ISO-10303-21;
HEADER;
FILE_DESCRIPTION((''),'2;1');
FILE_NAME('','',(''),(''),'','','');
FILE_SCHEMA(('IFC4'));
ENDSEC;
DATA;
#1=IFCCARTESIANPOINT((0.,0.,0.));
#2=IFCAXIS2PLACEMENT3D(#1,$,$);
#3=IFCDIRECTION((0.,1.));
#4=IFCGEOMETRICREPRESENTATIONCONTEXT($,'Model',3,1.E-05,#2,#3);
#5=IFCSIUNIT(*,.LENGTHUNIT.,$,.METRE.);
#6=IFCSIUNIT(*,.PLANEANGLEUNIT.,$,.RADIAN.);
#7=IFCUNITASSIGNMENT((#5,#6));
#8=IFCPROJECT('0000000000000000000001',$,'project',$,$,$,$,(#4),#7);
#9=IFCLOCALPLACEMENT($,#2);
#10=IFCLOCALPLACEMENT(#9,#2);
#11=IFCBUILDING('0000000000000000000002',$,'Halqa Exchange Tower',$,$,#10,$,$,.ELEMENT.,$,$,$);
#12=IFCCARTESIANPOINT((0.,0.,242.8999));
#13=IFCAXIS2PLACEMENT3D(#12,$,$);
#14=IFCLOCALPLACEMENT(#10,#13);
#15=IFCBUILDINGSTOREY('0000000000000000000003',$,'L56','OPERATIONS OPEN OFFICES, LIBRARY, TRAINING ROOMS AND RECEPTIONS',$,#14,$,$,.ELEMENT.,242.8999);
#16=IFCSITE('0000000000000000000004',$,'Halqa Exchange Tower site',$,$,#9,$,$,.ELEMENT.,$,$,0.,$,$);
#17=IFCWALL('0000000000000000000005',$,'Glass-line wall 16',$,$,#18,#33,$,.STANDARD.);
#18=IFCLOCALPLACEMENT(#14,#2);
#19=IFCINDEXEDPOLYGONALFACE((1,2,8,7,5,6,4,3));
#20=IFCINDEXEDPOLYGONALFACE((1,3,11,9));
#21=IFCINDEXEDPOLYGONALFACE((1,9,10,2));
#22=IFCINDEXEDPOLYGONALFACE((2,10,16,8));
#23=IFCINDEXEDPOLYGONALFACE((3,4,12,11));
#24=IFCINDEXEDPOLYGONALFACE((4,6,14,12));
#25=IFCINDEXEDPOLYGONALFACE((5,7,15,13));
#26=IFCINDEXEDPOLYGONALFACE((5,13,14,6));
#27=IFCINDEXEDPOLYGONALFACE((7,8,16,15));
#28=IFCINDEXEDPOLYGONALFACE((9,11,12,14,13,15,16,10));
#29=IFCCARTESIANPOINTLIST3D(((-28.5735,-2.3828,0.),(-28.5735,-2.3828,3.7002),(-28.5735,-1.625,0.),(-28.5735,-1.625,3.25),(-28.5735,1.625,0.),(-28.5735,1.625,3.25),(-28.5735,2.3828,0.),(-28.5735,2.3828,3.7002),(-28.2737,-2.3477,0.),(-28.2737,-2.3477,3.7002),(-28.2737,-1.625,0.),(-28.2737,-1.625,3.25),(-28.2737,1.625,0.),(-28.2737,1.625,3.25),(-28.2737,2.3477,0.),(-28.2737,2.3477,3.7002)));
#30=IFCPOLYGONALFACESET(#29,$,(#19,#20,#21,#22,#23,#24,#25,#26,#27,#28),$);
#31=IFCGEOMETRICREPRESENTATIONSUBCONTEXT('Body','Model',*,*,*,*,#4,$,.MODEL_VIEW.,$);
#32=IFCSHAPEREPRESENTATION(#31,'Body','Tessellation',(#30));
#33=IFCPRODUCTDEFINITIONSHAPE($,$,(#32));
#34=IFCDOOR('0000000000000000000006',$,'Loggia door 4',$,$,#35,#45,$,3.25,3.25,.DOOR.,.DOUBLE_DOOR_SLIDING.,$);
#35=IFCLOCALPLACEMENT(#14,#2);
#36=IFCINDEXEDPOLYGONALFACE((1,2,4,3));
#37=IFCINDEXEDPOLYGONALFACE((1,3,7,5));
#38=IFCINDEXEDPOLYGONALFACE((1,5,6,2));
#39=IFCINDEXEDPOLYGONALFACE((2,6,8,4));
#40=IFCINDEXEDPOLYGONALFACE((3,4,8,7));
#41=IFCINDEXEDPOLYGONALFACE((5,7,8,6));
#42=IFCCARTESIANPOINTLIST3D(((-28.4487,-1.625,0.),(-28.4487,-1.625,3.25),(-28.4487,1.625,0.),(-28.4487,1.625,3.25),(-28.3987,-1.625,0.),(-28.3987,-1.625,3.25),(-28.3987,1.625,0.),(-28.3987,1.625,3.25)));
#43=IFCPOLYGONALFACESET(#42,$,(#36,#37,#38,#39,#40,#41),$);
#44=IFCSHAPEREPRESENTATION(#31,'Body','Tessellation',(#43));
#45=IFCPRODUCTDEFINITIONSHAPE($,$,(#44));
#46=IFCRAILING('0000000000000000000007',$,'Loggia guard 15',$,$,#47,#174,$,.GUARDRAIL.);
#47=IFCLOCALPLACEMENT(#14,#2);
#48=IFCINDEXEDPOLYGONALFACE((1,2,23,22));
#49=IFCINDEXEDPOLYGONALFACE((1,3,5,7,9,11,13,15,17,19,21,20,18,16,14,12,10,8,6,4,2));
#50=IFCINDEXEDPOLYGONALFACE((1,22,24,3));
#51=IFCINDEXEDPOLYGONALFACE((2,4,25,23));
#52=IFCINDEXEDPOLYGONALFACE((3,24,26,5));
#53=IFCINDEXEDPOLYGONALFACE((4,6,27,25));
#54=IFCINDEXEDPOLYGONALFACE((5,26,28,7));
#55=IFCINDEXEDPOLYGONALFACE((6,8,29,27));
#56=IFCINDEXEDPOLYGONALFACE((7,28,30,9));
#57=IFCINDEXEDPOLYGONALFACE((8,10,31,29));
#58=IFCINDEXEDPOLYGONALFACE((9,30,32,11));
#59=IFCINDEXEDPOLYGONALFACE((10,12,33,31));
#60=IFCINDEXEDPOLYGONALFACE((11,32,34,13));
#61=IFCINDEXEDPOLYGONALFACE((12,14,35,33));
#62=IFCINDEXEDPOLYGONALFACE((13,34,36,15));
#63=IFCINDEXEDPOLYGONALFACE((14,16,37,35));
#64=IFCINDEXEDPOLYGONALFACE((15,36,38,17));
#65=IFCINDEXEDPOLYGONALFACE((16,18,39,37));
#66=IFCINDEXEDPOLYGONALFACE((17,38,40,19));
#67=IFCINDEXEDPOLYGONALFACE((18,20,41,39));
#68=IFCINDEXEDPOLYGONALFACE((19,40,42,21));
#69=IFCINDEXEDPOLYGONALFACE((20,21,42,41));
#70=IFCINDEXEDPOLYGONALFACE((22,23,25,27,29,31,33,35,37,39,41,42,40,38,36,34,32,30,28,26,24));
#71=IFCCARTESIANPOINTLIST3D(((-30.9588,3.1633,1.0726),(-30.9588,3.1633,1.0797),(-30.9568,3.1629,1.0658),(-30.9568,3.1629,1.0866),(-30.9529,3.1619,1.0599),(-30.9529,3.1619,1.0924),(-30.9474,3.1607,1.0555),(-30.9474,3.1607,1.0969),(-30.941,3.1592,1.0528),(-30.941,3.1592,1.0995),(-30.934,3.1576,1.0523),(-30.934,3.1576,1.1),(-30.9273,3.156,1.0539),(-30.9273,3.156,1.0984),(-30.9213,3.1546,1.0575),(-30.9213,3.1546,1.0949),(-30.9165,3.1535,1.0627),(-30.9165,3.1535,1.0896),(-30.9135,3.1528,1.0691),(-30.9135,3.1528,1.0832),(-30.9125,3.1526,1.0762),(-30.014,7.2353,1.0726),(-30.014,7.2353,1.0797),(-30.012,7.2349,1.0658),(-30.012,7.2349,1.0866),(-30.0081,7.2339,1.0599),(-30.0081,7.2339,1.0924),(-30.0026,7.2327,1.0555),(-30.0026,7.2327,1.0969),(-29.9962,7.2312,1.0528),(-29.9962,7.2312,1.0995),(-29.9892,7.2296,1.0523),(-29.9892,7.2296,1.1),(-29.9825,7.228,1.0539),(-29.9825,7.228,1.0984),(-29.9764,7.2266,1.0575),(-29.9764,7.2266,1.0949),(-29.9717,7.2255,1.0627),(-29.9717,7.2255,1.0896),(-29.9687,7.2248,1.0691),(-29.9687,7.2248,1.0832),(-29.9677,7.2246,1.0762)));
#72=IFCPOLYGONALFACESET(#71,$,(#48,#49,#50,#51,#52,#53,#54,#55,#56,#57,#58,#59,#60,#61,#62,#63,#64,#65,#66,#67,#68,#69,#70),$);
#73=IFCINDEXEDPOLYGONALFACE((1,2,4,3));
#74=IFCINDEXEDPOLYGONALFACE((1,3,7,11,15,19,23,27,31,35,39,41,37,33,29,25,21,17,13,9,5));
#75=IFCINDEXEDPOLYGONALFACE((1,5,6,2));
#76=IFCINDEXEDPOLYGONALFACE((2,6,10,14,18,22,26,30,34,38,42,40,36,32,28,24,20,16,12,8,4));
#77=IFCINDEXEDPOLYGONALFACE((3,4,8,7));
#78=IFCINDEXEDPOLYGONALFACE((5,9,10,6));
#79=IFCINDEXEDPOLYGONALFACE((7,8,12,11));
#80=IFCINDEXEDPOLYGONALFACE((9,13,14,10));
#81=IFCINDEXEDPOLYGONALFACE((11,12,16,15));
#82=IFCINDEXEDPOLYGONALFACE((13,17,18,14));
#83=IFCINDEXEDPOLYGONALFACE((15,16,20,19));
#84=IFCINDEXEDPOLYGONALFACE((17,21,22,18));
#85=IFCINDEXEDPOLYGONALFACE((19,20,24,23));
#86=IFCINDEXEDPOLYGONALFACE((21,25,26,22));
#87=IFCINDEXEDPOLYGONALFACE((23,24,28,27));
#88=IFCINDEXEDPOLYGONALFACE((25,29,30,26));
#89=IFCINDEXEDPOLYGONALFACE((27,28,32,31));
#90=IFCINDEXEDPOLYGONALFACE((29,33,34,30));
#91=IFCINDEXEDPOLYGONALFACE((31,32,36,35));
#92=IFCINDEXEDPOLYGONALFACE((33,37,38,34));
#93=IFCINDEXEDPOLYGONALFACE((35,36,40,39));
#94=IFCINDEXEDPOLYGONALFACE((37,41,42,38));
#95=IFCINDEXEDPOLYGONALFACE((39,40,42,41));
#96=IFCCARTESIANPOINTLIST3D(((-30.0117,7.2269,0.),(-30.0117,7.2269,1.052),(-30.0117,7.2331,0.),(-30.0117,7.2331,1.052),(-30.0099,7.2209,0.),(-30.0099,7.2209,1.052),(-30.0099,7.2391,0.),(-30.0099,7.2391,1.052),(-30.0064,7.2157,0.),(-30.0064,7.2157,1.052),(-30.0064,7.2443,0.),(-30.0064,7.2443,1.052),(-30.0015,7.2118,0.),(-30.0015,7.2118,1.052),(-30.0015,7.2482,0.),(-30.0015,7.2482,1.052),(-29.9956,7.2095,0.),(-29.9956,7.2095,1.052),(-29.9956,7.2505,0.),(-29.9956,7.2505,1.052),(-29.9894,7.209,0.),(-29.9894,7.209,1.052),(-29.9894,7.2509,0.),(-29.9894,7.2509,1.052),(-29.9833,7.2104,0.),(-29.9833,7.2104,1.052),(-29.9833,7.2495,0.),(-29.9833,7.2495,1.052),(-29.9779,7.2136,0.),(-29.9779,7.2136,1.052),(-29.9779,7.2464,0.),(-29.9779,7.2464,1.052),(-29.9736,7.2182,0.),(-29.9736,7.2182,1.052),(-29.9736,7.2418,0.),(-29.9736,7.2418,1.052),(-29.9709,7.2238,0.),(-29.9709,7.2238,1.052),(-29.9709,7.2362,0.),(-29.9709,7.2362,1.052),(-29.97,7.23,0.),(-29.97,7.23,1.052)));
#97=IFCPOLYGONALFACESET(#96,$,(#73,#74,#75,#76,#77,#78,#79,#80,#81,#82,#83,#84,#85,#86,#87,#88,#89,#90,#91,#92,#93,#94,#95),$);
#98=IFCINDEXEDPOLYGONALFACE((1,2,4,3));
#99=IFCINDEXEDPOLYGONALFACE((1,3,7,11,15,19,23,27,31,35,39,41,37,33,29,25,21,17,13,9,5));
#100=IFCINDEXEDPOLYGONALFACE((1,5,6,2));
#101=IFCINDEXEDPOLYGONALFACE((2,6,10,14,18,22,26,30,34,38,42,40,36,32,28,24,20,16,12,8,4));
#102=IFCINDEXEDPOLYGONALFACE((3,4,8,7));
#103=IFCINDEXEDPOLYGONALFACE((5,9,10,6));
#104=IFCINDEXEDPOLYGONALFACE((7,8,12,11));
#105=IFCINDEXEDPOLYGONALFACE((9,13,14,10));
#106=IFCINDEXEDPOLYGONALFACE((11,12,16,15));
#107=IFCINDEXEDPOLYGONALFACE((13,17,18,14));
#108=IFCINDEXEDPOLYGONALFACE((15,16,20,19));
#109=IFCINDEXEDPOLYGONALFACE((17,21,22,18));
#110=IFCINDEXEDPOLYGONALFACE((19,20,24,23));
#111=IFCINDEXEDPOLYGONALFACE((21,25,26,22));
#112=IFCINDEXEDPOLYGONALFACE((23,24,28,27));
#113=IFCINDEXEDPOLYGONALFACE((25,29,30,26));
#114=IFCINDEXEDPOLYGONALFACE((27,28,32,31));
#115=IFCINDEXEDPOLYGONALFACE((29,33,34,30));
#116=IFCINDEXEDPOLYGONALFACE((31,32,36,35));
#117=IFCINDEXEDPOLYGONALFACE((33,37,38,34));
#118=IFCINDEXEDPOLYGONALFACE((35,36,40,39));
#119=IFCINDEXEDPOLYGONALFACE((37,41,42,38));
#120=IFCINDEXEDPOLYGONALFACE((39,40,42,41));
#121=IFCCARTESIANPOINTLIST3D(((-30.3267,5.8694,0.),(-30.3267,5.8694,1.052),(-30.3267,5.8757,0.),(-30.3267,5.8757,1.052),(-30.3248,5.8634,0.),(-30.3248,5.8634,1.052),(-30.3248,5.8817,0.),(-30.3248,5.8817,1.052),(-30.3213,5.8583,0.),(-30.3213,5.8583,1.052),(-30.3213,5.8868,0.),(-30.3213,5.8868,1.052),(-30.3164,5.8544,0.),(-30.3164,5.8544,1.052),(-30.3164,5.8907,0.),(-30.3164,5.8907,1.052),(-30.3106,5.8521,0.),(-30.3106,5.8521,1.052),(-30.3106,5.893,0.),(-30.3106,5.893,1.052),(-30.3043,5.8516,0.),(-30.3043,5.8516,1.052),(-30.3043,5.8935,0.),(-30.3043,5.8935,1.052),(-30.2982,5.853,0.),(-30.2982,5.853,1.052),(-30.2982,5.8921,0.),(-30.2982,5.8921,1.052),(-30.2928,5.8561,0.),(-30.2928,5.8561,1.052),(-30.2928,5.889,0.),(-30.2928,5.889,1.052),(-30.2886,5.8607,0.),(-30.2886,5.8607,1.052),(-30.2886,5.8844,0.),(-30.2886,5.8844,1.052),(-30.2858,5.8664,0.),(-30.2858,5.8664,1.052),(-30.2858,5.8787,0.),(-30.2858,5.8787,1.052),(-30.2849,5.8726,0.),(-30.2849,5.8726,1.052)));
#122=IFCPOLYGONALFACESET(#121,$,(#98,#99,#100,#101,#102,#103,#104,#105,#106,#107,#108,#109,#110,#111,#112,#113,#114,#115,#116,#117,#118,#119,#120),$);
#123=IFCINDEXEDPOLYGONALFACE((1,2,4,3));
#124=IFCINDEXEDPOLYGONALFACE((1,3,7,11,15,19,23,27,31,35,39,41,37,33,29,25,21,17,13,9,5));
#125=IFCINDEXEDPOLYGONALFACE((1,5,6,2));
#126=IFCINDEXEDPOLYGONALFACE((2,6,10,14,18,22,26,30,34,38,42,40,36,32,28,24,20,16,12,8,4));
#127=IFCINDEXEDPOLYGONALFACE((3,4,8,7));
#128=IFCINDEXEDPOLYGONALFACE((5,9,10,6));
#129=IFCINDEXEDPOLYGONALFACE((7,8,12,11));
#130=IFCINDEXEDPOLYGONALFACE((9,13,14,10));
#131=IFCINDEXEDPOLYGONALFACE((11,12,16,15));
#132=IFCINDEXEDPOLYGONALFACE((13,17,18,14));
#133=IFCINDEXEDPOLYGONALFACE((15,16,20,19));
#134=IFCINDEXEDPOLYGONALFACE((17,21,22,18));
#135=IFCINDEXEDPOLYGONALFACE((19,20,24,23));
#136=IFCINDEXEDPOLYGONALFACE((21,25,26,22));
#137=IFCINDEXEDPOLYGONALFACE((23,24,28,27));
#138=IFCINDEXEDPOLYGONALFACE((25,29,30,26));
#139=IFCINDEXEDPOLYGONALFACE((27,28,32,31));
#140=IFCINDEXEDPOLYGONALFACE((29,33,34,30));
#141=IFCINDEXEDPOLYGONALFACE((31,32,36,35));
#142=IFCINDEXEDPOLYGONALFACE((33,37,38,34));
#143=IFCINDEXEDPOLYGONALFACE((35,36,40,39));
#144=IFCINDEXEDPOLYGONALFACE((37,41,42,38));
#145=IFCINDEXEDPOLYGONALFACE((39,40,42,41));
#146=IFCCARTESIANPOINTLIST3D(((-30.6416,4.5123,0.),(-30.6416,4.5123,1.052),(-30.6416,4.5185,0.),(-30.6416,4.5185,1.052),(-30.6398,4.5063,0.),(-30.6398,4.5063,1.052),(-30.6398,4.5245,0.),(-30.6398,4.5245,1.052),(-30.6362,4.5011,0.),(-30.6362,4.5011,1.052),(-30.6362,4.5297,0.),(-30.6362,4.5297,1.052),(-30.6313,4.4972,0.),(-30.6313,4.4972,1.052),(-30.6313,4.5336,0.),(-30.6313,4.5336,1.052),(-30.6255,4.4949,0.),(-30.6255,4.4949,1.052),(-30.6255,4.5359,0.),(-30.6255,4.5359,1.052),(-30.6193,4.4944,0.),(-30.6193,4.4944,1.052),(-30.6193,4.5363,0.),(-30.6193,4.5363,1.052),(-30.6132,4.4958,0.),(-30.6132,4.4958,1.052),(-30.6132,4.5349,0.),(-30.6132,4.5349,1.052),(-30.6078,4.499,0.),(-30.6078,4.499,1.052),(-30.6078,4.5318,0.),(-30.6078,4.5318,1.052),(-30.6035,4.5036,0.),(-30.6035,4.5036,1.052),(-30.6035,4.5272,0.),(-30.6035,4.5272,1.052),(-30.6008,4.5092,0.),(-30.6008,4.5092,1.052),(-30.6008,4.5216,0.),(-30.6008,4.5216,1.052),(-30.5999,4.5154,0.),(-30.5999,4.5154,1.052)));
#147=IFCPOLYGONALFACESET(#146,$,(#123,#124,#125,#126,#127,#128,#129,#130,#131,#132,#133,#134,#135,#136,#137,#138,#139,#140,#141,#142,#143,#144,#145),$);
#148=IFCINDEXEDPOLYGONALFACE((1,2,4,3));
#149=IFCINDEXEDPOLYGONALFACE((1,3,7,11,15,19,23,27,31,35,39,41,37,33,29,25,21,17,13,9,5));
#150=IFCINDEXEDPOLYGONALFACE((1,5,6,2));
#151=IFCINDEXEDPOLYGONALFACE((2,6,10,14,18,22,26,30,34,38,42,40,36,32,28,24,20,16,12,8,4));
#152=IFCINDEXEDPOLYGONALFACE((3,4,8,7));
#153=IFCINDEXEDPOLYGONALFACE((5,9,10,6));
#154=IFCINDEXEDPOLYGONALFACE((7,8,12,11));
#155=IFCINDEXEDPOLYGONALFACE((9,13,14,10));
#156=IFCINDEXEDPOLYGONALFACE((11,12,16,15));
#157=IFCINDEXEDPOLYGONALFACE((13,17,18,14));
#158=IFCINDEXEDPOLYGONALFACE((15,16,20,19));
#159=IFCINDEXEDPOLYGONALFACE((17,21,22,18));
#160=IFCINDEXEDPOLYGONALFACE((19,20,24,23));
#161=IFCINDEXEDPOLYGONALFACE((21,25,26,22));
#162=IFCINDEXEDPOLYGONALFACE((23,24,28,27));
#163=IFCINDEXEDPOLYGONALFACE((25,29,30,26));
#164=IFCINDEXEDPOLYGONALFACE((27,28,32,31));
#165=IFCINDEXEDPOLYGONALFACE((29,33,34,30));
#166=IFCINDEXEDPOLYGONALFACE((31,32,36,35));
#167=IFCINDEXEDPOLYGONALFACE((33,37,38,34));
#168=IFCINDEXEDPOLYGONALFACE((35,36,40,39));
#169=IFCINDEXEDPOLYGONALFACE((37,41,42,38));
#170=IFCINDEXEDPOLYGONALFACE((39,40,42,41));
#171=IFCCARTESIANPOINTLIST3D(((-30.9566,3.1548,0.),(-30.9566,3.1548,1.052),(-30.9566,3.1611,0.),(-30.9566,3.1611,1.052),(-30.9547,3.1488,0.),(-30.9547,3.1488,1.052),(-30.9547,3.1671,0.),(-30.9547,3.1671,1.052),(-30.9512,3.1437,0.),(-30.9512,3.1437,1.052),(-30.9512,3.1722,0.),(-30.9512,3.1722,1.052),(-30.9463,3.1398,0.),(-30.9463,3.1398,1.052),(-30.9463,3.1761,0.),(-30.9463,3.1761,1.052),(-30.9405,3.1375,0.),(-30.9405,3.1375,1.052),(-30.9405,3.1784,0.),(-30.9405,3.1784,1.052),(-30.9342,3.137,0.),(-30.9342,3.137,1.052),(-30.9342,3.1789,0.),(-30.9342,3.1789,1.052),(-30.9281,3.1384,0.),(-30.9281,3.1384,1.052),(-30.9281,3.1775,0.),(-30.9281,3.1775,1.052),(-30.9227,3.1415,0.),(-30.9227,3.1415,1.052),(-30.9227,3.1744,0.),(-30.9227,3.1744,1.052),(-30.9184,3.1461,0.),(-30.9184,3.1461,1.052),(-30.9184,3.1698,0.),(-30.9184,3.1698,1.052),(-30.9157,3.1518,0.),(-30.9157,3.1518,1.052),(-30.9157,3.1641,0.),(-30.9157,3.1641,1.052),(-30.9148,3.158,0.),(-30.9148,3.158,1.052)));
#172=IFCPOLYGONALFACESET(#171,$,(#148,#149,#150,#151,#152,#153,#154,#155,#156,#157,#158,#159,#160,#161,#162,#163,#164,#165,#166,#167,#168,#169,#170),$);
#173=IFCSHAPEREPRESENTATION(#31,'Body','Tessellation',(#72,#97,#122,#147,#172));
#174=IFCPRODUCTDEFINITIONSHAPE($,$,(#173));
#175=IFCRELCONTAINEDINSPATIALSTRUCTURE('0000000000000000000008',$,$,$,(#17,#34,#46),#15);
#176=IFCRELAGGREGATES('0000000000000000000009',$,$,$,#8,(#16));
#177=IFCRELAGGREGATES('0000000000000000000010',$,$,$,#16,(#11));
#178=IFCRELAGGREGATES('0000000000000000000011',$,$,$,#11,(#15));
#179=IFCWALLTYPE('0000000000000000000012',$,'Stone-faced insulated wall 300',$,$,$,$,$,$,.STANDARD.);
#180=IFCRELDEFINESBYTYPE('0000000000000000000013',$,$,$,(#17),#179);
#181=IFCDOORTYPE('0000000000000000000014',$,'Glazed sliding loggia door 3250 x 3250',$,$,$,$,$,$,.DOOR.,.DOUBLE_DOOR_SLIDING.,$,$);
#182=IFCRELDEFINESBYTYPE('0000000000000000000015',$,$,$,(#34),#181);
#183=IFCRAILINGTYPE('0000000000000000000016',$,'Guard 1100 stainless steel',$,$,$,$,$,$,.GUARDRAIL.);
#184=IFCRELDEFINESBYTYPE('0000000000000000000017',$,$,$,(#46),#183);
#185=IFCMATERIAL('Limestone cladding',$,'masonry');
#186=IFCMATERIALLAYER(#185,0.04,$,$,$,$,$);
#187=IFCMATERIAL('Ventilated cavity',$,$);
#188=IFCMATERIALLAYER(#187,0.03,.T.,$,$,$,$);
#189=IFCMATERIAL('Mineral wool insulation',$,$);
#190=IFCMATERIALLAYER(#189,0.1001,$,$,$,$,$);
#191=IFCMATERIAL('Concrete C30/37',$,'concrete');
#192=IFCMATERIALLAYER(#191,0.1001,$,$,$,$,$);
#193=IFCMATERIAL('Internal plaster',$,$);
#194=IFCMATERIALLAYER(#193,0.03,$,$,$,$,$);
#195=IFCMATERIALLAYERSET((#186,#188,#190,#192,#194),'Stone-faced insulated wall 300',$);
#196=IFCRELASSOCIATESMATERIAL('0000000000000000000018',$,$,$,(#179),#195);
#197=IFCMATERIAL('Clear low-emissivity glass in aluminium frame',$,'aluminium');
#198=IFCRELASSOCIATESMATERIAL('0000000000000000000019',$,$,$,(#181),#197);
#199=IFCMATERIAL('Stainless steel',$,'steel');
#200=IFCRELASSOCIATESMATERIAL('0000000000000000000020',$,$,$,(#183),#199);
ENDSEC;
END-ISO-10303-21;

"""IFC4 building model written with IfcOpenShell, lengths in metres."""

from ifc_helpers import new_model, si_unit, direction, frame, frame_2d, origin, origin_2d, place, context, subcontext, project, spatial, polyline, rectangle, circle, outline, extrude, material, layer, layer_set, type_object, element, fill, save


model = new_model("IFC4")

# Units and contexts
model_context = context("Model", 3, precision=1e-05, world=origin(), true_north=direction((0.0, 1.0)))
body_context = subcontext(model_context, "Body", "Model", "MODEL_VIEW")
ifc_project = project(units=[si_unit("LENGTHUNIT", "METRE"), si_unit("PLANEANGLEUNIT", "RADIAN")], contexts=[model_context])

# Site, building, storey
site_placement = place(None, origin())
site = spatial("IfcSite", under=ifc_project, at=site_placement, Name="Halqa Exchange Tower site", CompositionType="ELEMENT", RefElevation=0.0)
building_placement = place(site_placement, origin())
building = spatial("IfcBuilding", under=site, at=building_placement, Name="Halqa Exchange Tower", CompositionType="ELEMENT")
storey_placement = place(building_placement, frame((0.0, 0.0, 242.8999)))
storey = spatial("IfcBuildingStorey", under=building, at=storey_placement, Name="L56", Description="OPERATIONS OPEN OFFICES, LIBRARY, TRAINING ROOMS AND RECEPTIONS", CompositionType="ELEMENT", Elevation=242.8999)

# Shared definitions
ifc_material_1 = material(Name="Limestone cladding", Category="masonry")
ifc_layer_1 = layer(ifc_material_1, 0.04)
ifc_material_2 = material(Name="Ventilated cavity")
ifc_layer_2 = layer(ifc_material_2, 0.03, ventilated=True)
ifc_material_3 = material(Name="Mineral wool insulation")
ifc_layer_3 = layer(ifc_material_3, 0.1001)
ifc_material_4 = material(Name="Concrete C30/37", Category="concrete")
ifc_layer_4 = layer(ifc_material_4, 0.1001)
ifc_material_5 = material(Name="Internal plaster")
ifc_layer_5 = layer(ifc_material_5, 0.03)
ifc_layer_set_1 = layer_set([ifc_layer_1, ifc_layer_2, ifc_layer_3, ifc_layer_4, ifc_layer_5], Name="Stone-faced insulated wall 300")
wall_type_1 = type_object("IfcWallType", Name="Stone-faced insulated wall 300", PredefinedType="STANDARD", material=ifc_layer_set_1)
ifc_material_6 = material(Name="Clear low-emissivity glass in aluminium frame", Category="aluminium")

# Wall, opening, door
wall_1_placement = place(storey_placement, frame((-28.4236, 2.3652, 0.0), z_axis=(0.0, 0.0, 1.0), x_axis=(0.0, -1.0, 0.0)))
wall_1 = element("IfcWall", 1, at=wall_1_placement, inside=storey, type_object=wall_type_1, Name="Glass-line wall 16", PredefinedType="STANDARD", context=body_context, shape_type="SweptSolid", body=[
    extrude(outline(polyline([(-0.0176, -0.1499), (4.748, -0.1499), (4.7129, 0.1499), (0.0176, 0.1499), (-0.0176, -0.1499)])), origin(), (0.0, 0.0, 1.0), 3.7002),
])
opening_1_placement = place(wall_1_placement, frame((0.7402, 0.0, 0.0)))
opening_1 = element("IfcOpeningElement", 2, at=opening_1_placement, cuts=wall_1, PredefinedType="OPENING", context=body_context, shape_type="SweptSolid", body=[
    extrude(rectangle(XDim=3.25, YDim=3.25, at=frame_2d((1.625, 1.625))), frame((0.0, 0.1621, 0.0), z_axis=(0.0, -1.0, 0.0), x_axis=(1.0, 0.0, 0.0)), (0.0, 0.0, 1.0), 0.324),
])
door_type_1 = type_object("IfcDoorType", Name="Glazed sliding loggia door 3250 x 3250", OperationType="DOUBLE_DOOR_SLIDING", PredefinedType="DOOR", material=ifc_material_6)
door_1_placement = place(opening_1_placement, origin())
door_1 = element("IfcDoor", 3, at=door_1_placement, inside=storey, type_object=door_type_1, Name="Loggia door 4", OperationType="DOUBLE_DOOR_SLIDING", OverallHeight=3.25, OverallWidth=3.25, PredefinedType="DOOR", context=body_context, shape_type="SweptSolid", body=[
    extrude(rectangle(XDim=3.25, YDim=3.25, at=frame_2d((1.625, 1.625))), frame((0.0, 0.0249, 0.0), z_axis=(0.0, -1.0, 0.0), x_axis=(1.0, 0.0, 0.0)), (0.0, 0.0, 1.0), 0.05),
])
fill(opening_1, door_1)

# Railing
ifc_material_7 = material(Name="Stainless steel", Category="steel")
railing_type = type_object("IfcRailingType", Name="Guard 1100 stainless steel", PredefinedType="GUARDRAIL", material=ifc_material_7)
railing_1_placement = place(storey_placement, frame((-29.991, 7.23, 0.0)))
element("IfcRailing", 4, at=railing_1_placement, inside=storey, type_object=railing_type, Name="Loggia guard 15", PredefinedType="GUARDRAIL", context=body_context, shape_type="SweptSolid", body=[
    extrude(circle(Radius=0.0239, at=origin_2d()), frame((0.0, 0.0, 1.0762), z_axis=(-0.226024, -0.974122, 0.0), x_axis=(0.974122, -0.226024, 0.0)), (0.0, 0.0, 1.0), 4.1802),
    extrude(circle(Radius=0.021, at=origin_2d()), origin(), (0.0, 0.0, 1.0), 1.052),
    extrude(circle(Radius=0.021, at=origin_2d()), frame((-0.3149, -1.3574, 0.0)), (0.0, 0.0, 1.0), 1.052),
    extrude(circle(Radius=0.021, at=origin_2d()), frame((-0.6299, -2.7146, 0.0)), (0.0, 0.0, 1.0), 1.052),
    extrude(circle(Radius=0.021, at=origin_2d()), frame((-0.9448, -4.072, 0.0)), (0.0, 0.0, 1.0), 1.052),
])

save(model, "model.ifc")
